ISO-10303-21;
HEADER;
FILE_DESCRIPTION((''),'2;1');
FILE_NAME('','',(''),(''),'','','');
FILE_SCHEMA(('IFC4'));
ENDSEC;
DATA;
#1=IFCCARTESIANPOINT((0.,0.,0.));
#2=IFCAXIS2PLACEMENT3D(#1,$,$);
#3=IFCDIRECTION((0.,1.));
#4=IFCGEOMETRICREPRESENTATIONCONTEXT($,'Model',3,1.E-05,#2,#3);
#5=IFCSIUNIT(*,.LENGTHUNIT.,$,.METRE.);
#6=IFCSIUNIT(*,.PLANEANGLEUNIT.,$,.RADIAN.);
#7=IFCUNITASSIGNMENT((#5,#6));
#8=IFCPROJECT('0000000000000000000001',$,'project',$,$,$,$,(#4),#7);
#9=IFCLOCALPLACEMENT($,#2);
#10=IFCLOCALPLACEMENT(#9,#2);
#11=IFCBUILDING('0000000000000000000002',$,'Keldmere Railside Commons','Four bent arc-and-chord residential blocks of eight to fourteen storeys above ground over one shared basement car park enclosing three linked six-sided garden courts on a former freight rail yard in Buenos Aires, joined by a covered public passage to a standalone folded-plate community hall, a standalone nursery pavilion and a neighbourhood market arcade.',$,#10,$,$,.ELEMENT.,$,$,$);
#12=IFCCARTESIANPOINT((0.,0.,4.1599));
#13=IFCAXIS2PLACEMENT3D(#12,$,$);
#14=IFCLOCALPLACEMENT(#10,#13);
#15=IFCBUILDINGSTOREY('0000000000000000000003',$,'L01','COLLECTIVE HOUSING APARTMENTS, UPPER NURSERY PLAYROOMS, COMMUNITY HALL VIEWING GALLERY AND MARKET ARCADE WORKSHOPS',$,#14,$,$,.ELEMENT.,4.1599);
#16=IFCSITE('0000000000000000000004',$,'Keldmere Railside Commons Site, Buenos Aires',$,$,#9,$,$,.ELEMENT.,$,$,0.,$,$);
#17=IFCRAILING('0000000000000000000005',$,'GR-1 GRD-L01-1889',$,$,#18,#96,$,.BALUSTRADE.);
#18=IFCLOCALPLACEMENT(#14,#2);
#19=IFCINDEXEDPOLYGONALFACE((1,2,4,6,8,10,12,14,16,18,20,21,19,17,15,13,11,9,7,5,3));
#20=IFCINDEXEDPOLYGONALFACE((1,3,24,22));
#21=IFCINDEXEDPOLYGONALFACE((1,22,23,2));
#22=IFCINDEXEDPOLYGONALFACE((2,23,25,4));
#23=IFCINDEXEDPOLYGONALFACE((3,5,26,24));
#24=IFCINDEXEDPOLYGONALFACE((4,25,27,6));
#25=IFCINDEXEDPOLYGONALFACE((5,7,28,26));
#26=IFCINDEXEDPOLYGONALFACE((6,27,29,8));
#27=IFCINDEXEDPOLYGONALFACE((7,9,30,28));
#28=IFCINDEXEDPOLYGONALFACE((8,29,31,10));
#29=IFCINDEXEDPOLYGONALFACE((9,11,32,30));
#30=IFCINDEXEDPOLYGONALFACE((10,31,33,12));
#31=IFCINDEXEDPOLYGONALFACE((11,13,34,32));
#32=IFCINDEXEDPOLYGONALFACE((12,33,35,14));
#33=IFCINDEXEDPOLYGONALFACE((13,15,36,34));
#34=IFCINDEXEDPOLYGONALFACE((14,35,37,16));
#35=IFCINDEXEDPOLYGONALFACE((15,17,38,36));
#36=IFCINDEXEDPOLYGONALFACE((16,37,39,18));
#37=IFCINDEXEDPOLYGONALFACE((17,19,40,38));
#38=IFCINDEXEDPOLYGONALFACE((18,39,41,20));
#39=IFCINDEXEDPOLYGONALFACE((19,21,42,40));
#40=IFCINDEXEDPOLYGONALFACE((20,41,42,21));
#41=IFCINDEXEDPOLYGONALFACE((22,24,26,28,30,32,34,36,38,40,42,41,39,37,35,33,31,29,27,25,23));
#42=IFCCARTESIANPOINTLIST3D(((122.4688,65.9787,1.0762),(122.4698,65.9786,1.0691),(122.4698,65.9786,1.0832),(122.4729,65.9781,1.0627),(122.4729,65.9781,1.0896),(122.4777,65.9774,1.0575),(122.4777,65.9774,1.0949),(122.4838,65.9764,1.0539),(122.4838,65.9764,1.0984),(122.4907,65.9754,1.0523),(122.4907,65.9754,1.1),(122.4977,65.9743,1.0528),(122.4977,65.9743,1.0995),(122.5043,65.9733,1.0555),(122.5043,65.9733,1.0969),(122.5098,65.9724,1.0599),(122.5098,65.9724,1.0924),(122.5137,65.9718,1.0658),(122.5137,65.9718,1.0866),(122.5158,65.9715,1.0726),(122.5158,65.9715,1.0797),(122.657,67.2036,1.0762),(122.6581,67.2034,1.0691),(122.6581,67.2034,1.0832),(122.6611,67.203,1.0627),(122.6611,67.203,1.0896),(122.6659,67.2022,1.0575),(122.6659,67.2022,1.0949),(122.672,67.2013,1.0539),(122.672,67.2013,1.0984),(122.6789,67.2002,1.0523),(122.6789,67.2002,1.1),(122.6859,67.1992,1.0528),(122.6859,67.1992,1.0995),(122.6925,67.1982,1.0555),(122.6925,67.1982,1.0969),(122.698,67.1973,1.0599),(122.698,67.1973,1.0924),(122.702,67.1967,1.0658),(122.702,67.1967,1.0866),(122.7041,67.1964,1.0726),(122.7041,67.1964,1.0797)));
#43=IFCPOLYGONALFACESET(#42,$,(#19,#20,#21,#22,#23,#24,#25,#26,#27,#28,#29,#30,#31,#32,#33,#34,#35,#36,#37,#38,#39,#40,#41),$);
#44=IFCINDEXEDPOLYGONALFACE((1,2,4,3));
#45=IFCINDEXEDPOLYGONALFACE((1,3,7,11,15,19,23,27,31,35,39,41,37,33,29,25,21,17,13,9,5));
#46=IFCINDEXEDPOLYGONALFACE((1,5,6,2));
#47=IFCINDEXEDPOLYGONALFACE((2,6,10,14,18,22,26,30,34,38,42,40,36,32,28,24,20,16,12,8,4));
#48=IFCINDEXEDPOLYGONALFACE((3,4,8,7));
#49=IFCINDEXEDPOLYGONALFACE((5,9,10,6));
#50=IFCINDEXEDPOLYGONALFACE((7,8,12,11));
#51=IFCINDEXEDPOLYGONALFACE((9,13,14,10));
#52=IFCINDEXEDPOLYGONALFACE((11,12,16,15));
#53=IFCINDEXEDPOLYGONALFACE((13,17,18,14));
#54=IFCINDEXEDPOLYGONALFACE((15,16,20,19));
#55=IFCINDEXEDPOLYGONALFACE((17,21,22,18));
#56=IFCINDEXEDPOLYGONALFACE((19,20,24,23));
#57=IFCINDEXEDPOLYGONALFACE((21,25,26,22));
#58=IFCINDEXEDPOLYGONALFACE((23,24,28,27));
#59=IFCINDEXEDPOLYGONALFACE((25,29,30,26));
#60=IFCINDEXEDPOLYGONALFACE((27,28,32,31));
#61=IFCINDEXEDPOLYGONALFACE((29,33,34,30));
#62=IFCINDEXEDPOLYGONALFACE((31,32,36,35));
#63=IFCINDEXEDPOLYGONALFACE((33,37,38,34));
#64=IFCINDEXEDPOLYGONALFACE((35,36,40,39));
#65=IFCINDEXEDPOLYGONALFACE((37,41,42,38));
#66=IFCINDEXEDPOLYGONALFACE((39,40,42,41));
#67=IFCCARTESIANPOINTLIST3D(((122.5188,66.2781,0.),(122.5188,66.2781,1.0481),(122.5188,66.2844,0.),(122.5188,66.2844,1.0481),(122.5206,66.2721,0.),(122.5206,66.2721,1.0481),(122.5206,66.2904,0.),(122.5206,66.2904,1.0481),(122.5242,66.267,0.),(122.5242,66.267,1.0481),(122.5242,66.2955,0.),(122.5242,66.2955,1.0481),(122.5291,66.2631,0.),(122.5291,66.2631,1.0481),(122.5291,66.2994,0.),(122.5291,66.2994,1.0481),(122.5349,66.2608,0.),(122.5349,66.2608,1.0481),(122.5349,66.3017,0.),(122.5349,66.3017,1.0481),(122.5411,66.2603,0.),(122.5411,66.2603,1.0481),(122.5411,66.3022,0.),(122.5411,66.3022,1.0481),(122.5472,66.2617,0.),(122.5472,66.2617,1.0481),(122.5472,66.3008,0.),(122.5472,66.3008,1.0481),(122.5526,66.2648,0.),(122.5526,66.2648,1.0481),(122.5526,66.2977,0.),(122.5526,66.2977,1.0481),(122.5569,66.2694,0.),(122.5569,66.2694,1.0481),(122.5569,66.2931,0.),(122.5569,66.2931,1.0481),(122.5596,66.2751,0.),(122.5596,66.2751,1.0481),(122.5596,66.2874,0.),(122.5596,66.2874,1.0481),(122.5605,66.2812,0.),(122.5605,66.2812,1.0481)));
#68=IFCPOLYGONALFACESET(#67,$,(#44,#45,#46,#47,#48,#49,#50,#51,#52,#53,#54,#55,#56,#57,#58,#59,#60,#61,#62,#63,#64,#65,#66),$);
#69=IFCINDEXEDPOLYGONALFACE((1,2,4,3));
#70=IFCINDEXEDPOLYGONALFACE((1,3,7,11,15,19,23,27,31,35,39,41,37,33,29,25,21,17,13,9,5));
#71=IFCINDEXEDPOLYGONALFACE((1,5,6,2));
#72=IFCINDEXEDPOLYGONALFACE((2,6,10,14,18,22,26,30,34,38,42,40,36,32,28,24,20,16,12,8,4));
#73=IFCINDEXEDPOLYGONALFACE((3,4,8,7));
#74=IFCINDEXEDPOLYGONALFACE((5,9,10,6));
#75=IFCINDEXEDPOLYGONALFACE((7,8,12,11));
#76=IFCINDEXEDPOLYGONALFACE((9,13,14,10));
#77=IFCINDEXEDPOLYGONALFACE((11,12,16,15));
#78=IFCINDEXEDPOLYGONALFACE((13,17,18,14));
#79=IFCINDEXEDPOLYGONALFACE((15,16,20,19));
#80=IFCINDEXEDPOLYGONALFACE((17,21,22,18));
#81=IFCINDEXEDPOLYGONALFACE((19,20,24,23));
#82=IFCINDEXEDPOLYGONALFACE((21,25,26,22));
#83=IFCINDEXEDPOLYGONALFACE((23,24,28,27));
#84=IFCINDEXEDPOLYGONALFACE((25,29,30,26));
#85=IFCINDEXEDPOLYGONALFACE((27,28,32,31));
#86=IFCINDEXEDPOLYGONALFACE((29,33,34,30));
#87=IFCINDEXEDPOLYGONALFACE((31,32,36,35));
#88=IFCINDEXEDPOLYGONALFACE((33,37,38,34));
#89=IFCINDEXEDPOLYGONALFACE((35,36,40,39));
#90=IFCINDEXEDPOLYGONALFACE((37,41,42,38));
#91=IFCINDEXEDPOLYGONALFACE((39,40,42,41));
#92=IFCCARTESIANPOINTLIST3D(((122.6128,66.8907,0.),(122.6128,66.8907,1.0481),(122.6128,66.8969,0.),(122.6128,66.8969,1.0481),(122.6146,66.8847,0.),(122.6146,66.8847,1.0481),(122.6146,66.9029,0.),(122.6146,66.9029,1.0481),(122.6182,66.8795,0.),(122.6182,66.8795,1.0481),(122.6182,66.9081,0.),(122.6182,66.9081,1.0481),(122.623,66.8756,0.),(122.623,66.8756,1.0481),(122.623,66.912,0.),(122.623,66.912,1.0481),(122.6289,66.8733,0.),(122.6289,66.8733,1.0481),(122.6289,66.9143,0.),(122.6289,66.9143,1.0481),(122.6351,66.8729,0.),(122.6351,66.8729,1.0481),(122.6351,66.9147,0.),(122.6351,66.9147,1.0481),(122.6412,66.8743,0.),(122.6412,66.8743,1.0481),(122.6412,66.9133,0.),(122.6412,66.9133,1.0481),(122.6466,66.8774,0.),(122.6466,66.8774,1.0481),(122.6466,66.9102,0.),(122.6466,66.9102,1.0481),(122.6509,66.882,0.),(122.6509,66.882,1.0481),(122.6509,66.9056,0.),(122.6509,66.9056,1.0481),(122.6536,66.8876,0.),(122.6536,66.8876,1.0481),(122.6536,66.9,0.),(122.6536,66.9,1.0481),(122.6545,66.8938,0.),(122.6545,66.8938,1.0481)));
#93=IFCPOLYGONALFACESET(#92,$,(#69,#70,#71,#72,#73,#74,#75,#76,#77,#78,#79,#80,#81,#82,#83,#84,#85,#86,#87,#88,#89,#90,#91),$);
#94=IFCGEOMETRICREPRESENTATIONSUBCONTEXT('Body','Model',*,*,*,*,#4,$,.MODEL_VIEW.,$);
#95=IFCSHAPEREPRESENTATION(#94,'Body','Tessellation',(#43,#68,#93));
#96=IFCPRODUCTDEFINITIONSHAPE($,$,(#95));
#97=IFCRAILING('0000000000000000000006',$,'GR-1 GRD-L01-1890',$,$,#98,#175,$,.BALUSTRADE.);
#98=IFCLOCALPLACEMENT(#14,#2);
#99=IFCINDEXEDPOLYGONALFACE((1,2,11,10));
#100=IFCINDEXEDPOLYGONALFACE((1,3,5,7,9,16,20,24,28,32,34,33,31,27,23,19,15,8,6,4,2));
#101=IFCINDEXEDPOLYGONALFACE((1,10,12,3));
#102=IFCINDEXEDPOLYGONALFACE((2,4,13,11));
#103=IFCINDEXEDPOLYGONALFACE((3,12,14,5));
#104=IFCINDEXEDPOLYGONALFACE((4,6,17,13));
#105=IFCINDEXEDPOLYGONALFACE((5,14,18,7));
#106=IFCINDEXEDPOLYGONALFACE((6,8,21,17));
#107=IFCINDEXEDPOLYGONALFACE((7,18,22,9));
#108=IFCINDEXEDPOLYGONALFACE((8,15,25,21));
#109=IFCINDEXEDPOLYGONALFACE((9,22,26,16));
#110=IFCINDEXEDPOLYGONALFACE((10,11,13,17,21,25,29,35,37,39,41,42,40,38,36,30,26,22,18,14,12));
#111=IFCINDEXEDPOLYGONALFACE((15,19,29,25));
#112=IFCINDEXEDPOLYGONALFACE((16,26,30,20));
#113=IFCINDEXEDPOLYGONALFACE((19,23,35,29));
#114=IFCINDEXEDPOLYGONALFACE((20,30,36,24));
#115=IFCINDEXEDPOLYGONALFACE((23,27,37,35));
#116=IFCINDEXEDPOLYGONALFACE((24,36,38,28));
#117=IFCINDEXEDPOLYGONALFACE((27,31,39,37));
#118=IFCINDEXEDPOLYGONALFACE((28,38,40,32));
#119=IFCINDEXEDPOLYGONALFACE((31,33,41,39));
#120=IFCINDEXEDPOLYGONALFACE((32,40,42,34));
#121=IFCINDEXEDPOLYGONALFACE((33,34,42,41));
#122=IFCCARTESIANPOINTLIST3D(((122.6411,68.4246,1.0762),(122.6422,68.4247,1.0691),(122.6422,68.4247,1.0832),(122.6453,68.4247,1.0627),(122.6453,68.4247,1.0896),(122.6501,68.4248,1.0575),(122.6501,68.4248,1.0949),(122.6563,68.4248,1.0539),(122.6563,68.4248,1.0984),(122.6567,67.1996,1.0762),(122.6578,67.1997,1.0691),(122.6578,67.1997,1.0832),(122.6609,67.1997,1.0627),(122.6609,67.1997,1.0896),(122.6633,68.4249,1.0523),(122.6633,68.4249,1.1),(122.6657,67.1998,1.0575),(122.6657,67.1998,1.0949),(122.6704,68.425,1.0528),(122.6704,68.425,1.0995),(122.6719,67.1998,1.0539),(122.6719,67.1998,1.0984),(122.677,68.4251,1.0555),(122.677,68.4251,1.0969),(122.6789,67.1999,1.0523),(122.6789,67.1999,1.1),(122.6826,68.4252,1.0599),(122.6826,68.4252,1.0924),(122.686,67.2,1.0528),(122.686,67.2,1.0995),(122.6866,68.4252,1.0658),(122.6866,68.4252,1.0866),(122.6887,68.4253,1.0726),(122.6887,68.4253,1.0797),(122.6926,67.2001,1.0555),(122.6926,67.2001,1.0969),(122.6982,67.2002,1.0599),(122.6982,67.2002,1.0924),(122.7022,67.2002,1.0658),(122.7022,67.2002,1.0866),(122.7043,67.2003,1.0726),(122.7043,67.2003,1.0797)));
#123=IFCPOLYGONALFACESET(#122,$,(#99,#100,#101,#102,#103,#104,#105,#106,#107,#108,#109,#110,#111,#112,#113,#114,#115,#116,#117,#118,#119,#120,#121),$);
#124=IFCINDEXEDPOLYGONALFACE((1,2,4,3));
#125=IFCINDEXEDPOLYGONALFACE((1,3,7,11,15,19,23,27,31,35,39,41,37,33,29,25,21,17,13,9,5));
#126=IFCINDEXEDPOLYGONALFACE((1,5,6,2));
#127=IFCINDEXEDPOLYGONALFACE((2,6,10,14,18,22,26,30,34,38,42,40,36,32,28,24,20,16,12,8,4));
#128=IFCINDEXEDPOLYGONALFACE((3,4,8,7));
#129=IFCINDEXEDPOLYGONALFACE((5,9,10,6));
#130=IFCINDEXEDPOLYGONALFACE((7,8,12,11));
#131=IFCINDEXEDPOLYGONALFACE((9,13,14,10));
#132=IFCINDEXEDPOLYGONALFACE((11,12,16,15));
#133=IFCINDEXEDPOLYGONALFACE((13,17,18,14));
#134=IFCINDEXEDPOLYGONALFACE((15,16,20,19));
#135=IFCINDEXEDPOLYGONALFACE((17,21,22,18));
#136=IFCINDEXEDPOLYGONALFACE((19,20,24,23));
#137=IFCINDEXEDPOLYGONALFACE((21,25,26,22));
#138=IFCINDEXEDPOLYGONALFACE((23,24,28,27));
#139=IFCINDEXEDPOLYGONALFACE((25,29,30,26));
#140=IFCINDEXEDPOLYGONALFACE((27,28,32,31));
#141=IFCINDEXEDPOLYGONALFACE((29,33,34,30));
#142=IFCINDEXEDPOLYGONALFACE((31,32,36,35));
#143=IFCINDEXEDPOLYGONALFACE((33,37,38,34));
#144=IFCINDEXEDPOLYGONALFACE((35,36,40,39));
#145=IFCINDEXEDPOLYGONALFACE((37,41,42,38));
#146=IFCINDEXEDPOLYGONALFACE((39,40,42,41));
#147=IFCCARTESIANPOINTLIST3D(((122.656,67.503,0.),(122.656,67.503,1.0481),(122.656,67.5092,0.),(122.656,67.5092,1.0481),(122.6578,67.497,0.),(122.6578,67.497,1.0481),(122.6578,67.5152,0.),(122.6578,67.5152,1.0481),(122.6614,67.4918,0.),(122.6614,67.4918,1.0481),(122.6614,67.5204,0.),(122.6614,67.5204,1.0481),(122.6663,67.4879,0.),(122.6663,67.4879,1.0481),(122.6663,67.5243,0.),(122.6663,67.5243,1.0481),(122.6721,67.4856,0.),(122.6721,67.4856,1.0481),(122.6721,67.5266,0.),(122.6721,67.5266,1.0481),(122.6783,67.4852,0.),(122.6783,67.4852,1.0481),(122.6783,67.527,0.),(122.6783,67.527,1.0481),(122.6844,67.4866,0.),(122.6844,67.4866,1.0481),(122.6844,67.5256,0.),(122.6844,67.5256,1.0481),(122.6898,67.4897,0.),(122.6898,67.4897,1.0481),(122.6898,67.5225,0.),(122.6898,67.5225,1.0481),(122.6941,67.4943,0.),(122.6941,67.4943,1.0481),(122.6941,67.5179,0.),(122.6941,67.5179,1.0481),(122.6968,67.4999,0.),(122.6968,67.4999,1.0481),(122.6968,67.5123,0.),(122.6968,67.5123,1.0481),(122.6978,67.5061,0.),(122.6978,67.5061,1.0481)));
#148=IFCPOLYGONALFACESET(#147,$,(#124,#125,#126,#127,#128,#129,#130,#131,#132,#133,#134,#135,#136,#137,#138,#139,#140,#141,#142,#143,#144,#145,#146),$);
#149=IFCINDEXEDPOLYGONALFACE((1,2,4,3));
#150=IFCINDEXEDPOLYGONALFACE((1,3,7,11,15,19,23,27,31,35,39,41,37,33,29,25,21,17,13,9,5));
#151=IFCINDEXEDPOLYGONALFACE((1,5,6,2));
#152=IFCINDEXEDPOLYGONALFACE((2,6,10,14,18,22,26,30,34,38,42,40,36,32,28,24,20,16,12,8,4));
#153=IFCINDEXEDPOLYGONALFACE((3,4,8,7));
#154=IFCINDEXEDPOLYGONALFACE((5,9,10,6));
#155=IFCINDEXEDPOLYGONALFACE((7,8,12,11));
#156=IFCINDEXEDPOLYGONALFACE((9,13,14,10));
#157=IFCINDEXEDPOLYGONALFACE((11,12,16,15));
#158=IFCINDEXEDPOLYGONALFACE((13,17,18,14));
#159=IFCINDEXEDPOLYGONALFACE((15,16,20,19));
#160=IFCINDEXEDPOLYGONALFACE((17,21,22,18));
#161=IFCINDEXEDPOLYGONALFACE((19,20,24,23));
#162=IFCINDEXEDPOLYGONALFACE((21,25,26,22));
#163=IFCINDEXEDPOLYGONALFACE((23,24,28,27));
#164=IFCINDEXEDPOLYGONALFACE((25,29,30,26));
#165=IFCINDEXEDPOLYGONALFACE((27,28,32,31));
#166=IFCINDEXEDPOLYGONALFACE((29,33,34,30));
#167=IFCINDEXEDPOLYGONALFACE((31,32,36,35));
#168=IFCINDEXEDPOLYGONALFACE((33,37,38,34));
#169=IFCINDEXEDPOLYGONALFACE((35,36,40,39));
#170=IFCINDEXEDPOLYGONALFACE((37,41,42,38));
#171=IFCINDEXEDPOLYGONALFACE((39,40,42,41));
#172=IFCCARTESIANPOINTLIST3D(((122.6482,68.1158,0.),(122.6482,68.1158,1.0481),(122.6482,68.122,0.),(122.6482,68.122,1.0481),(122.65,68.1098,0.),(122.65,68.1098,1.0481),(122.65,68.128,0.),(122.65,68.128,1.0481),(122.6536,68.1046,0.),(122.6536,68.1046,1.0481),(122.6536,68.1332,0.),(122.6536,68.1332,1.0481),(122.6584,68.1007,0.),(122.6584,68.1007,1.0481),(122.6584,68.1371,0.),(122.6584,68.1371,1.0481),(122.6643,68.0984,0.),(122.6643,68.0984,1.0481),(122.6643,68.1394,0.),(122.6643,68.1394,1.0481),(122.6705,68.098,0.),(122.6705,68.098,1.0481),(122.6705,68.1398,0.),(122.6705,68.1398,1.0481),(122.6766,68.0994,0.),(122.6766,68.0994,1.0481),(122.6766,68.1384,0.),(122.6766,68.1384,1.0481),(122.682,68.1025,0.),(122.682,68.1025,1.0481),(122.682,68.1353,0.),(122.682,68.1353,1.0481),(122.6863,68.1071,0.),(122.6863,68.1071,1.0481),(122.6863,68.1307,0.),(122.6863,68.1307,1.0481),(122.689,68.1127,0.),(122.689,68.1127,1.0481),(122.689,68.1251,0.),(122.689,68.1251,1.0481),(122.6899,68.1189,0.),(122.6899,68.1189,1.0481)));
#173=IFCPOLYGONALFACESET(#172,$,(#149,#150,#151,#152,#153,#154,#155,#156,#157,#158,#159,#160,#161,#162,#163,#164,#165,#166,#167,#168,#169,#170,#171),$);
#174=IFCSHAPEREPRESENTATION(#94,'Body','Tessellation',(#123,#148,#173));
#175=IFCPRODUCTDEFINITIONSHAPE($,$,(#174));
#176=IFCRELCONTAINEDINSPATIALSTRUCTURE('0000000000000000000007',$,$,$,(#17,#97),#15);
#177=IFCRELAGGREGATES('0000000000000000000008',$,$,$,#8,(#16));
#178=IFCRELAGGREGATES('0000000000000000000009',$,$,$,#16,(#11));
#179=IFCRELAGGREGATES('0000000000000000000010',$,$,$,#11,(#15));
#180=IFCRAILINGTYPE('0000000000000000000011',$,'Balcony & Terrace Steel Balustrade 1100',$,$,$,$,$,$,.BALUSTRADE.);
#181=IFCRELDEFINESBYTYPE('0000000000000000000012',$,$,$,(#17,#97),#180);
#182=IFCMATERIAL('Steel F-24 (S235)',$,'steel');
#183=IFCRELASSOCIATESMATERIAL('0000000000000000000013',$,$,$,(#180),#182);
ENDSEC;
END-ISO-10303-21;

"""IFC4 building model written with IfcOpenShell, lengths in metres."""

from ifc_helpers import new_model, si_unit, direction, frame, origin, origin_2d, place, context, subcontext, project, spatial, circle, extrude, material, type_object, element, save


model = new_model("IFC4")

# Units and contexts
model_context = context("Model", 3, precision=1e-05, world=origin(), true_north=direction((0.0, 1.0)))
body_context = subcontext(model_context, "Body", "Model", "MODEL_VIEW")
ifc_project = project(units=[si_unit("LENGTHUNIT", "METRE"), si_unit("PLANEANGLEUNIT", "RADIAN")], contexts=[model_context])

# Site, building, storey
site_placement = place(None, origin())
site = spatial("IfcSite", under=ifc_project, at=site_placement, Name="Keldmere Railside Commons Site, Buenos Aires", CompositionType="ELEMENT", RefElevation=0.0)
building_placement = place(site_placement, origin())
building = spatial("IfcBuilding", under=site, at=building_placement, Name="Keldmere Railside Commons", Description="Four bent arc-and-chord residential blocks of eight to fourteen storeys above ground over one shared basement car park enclosing three linked six-sided garden courts on a former freight rail yard in Buenos Aires, joined by a covered public passage to a standalone folded-plate community hall, a standalone nursery pavilion and a neighbourhood market arcade.", CompositionType="ELEMENT")
storey_placement = place(building_placement, frame((0.0, 0.0, 4.1599)))
storey = spatial("IfcBuildingStorey", under=building, at=storey_placement, Name="L01", Description="COLLECTIVE HOUSING APARTMENTS, UPPER NURSERY PLAYROOMS, COMMUNITY HALL VIEWING GALLERY AND MARKET ARCADE WORKSHOPS", CompositionType="ELEMENT", Elevation=4.1599)

# Railings
ifc_material_1 = material(Name="Steel F-24 (S235)", Category="steel")
railing_type = type_object("IfcRailingType", Name="Balcony & Terrace Steel Balustrade 1100", PredefinedType="BALUSTRADE", material=ifc_material_1)
railing_1_placement = place(storey_placement, frame((122.4924, 65.9751, 0.0)))
element("IfcRailing", 1, at=railing_1_placement, inside=storey, type_object=railing_type, Name="GR-1 GRD-L01-1889", PredefinedType="BALUSTRADE", context=body_context, shape_type="SweptSolid", body=[
    extrude(circle(Radius=0.0239, at=origin_2d()), frame((0.0, 0.0, 1.0762), z_axis=(0.151894, 0.988397, 0.0), x_axis=(-0.988397, 0.151894, 0.0)), (0.0, 0.0, 1.0), 1.2393),
    extrude(circle(Radius=0.021, at=origin_2d()), frame((0.0471, 0.3062, 0.0)), (0.0, 0.0, 1.0), 1.0481),
    extrude(circle(Radius=0.021, at=origin_2d()), frame((0.1411, 0.9187, 0.0)), (0.0, 0.0, 1.0), 1.0481),
])
railing_2_placement = place(storey_placement, frame((122.6807, 67.2, 0.0)))
element("IfcRailing", 2, at=railing_2_placement, inside=storey, type_object=railing_type, Name="GR-1 GRD-L01-1890", PredefinedType="BALUSTRADE", context=body_context, shape_type="SweptSolid", body=[
    extrude(circle(Radius=0.0239, at=origin_2d()), frame((0.0, 0.0, 1.0762), z_axis=(-0.012753, 0.999919, 0.0), x_axis=(-0.999919, -0.012753, 0.0)), (0.0, 0.0, 1.0), 1.2251),
    extrude(circle(Radius=0.021, at=origin_2d()), frame((-0.0039, 0.3062, 0.0)), (0.0, 0.0, 1.0), 1.0481),
    extrude(circle(Radius=0.021, at=origin_2d()), frame((-0.0117, 0.9189, 0.0)), (0.0, 0.0, 1.0), 1.0481),
])

save(model, "model.ifc")
